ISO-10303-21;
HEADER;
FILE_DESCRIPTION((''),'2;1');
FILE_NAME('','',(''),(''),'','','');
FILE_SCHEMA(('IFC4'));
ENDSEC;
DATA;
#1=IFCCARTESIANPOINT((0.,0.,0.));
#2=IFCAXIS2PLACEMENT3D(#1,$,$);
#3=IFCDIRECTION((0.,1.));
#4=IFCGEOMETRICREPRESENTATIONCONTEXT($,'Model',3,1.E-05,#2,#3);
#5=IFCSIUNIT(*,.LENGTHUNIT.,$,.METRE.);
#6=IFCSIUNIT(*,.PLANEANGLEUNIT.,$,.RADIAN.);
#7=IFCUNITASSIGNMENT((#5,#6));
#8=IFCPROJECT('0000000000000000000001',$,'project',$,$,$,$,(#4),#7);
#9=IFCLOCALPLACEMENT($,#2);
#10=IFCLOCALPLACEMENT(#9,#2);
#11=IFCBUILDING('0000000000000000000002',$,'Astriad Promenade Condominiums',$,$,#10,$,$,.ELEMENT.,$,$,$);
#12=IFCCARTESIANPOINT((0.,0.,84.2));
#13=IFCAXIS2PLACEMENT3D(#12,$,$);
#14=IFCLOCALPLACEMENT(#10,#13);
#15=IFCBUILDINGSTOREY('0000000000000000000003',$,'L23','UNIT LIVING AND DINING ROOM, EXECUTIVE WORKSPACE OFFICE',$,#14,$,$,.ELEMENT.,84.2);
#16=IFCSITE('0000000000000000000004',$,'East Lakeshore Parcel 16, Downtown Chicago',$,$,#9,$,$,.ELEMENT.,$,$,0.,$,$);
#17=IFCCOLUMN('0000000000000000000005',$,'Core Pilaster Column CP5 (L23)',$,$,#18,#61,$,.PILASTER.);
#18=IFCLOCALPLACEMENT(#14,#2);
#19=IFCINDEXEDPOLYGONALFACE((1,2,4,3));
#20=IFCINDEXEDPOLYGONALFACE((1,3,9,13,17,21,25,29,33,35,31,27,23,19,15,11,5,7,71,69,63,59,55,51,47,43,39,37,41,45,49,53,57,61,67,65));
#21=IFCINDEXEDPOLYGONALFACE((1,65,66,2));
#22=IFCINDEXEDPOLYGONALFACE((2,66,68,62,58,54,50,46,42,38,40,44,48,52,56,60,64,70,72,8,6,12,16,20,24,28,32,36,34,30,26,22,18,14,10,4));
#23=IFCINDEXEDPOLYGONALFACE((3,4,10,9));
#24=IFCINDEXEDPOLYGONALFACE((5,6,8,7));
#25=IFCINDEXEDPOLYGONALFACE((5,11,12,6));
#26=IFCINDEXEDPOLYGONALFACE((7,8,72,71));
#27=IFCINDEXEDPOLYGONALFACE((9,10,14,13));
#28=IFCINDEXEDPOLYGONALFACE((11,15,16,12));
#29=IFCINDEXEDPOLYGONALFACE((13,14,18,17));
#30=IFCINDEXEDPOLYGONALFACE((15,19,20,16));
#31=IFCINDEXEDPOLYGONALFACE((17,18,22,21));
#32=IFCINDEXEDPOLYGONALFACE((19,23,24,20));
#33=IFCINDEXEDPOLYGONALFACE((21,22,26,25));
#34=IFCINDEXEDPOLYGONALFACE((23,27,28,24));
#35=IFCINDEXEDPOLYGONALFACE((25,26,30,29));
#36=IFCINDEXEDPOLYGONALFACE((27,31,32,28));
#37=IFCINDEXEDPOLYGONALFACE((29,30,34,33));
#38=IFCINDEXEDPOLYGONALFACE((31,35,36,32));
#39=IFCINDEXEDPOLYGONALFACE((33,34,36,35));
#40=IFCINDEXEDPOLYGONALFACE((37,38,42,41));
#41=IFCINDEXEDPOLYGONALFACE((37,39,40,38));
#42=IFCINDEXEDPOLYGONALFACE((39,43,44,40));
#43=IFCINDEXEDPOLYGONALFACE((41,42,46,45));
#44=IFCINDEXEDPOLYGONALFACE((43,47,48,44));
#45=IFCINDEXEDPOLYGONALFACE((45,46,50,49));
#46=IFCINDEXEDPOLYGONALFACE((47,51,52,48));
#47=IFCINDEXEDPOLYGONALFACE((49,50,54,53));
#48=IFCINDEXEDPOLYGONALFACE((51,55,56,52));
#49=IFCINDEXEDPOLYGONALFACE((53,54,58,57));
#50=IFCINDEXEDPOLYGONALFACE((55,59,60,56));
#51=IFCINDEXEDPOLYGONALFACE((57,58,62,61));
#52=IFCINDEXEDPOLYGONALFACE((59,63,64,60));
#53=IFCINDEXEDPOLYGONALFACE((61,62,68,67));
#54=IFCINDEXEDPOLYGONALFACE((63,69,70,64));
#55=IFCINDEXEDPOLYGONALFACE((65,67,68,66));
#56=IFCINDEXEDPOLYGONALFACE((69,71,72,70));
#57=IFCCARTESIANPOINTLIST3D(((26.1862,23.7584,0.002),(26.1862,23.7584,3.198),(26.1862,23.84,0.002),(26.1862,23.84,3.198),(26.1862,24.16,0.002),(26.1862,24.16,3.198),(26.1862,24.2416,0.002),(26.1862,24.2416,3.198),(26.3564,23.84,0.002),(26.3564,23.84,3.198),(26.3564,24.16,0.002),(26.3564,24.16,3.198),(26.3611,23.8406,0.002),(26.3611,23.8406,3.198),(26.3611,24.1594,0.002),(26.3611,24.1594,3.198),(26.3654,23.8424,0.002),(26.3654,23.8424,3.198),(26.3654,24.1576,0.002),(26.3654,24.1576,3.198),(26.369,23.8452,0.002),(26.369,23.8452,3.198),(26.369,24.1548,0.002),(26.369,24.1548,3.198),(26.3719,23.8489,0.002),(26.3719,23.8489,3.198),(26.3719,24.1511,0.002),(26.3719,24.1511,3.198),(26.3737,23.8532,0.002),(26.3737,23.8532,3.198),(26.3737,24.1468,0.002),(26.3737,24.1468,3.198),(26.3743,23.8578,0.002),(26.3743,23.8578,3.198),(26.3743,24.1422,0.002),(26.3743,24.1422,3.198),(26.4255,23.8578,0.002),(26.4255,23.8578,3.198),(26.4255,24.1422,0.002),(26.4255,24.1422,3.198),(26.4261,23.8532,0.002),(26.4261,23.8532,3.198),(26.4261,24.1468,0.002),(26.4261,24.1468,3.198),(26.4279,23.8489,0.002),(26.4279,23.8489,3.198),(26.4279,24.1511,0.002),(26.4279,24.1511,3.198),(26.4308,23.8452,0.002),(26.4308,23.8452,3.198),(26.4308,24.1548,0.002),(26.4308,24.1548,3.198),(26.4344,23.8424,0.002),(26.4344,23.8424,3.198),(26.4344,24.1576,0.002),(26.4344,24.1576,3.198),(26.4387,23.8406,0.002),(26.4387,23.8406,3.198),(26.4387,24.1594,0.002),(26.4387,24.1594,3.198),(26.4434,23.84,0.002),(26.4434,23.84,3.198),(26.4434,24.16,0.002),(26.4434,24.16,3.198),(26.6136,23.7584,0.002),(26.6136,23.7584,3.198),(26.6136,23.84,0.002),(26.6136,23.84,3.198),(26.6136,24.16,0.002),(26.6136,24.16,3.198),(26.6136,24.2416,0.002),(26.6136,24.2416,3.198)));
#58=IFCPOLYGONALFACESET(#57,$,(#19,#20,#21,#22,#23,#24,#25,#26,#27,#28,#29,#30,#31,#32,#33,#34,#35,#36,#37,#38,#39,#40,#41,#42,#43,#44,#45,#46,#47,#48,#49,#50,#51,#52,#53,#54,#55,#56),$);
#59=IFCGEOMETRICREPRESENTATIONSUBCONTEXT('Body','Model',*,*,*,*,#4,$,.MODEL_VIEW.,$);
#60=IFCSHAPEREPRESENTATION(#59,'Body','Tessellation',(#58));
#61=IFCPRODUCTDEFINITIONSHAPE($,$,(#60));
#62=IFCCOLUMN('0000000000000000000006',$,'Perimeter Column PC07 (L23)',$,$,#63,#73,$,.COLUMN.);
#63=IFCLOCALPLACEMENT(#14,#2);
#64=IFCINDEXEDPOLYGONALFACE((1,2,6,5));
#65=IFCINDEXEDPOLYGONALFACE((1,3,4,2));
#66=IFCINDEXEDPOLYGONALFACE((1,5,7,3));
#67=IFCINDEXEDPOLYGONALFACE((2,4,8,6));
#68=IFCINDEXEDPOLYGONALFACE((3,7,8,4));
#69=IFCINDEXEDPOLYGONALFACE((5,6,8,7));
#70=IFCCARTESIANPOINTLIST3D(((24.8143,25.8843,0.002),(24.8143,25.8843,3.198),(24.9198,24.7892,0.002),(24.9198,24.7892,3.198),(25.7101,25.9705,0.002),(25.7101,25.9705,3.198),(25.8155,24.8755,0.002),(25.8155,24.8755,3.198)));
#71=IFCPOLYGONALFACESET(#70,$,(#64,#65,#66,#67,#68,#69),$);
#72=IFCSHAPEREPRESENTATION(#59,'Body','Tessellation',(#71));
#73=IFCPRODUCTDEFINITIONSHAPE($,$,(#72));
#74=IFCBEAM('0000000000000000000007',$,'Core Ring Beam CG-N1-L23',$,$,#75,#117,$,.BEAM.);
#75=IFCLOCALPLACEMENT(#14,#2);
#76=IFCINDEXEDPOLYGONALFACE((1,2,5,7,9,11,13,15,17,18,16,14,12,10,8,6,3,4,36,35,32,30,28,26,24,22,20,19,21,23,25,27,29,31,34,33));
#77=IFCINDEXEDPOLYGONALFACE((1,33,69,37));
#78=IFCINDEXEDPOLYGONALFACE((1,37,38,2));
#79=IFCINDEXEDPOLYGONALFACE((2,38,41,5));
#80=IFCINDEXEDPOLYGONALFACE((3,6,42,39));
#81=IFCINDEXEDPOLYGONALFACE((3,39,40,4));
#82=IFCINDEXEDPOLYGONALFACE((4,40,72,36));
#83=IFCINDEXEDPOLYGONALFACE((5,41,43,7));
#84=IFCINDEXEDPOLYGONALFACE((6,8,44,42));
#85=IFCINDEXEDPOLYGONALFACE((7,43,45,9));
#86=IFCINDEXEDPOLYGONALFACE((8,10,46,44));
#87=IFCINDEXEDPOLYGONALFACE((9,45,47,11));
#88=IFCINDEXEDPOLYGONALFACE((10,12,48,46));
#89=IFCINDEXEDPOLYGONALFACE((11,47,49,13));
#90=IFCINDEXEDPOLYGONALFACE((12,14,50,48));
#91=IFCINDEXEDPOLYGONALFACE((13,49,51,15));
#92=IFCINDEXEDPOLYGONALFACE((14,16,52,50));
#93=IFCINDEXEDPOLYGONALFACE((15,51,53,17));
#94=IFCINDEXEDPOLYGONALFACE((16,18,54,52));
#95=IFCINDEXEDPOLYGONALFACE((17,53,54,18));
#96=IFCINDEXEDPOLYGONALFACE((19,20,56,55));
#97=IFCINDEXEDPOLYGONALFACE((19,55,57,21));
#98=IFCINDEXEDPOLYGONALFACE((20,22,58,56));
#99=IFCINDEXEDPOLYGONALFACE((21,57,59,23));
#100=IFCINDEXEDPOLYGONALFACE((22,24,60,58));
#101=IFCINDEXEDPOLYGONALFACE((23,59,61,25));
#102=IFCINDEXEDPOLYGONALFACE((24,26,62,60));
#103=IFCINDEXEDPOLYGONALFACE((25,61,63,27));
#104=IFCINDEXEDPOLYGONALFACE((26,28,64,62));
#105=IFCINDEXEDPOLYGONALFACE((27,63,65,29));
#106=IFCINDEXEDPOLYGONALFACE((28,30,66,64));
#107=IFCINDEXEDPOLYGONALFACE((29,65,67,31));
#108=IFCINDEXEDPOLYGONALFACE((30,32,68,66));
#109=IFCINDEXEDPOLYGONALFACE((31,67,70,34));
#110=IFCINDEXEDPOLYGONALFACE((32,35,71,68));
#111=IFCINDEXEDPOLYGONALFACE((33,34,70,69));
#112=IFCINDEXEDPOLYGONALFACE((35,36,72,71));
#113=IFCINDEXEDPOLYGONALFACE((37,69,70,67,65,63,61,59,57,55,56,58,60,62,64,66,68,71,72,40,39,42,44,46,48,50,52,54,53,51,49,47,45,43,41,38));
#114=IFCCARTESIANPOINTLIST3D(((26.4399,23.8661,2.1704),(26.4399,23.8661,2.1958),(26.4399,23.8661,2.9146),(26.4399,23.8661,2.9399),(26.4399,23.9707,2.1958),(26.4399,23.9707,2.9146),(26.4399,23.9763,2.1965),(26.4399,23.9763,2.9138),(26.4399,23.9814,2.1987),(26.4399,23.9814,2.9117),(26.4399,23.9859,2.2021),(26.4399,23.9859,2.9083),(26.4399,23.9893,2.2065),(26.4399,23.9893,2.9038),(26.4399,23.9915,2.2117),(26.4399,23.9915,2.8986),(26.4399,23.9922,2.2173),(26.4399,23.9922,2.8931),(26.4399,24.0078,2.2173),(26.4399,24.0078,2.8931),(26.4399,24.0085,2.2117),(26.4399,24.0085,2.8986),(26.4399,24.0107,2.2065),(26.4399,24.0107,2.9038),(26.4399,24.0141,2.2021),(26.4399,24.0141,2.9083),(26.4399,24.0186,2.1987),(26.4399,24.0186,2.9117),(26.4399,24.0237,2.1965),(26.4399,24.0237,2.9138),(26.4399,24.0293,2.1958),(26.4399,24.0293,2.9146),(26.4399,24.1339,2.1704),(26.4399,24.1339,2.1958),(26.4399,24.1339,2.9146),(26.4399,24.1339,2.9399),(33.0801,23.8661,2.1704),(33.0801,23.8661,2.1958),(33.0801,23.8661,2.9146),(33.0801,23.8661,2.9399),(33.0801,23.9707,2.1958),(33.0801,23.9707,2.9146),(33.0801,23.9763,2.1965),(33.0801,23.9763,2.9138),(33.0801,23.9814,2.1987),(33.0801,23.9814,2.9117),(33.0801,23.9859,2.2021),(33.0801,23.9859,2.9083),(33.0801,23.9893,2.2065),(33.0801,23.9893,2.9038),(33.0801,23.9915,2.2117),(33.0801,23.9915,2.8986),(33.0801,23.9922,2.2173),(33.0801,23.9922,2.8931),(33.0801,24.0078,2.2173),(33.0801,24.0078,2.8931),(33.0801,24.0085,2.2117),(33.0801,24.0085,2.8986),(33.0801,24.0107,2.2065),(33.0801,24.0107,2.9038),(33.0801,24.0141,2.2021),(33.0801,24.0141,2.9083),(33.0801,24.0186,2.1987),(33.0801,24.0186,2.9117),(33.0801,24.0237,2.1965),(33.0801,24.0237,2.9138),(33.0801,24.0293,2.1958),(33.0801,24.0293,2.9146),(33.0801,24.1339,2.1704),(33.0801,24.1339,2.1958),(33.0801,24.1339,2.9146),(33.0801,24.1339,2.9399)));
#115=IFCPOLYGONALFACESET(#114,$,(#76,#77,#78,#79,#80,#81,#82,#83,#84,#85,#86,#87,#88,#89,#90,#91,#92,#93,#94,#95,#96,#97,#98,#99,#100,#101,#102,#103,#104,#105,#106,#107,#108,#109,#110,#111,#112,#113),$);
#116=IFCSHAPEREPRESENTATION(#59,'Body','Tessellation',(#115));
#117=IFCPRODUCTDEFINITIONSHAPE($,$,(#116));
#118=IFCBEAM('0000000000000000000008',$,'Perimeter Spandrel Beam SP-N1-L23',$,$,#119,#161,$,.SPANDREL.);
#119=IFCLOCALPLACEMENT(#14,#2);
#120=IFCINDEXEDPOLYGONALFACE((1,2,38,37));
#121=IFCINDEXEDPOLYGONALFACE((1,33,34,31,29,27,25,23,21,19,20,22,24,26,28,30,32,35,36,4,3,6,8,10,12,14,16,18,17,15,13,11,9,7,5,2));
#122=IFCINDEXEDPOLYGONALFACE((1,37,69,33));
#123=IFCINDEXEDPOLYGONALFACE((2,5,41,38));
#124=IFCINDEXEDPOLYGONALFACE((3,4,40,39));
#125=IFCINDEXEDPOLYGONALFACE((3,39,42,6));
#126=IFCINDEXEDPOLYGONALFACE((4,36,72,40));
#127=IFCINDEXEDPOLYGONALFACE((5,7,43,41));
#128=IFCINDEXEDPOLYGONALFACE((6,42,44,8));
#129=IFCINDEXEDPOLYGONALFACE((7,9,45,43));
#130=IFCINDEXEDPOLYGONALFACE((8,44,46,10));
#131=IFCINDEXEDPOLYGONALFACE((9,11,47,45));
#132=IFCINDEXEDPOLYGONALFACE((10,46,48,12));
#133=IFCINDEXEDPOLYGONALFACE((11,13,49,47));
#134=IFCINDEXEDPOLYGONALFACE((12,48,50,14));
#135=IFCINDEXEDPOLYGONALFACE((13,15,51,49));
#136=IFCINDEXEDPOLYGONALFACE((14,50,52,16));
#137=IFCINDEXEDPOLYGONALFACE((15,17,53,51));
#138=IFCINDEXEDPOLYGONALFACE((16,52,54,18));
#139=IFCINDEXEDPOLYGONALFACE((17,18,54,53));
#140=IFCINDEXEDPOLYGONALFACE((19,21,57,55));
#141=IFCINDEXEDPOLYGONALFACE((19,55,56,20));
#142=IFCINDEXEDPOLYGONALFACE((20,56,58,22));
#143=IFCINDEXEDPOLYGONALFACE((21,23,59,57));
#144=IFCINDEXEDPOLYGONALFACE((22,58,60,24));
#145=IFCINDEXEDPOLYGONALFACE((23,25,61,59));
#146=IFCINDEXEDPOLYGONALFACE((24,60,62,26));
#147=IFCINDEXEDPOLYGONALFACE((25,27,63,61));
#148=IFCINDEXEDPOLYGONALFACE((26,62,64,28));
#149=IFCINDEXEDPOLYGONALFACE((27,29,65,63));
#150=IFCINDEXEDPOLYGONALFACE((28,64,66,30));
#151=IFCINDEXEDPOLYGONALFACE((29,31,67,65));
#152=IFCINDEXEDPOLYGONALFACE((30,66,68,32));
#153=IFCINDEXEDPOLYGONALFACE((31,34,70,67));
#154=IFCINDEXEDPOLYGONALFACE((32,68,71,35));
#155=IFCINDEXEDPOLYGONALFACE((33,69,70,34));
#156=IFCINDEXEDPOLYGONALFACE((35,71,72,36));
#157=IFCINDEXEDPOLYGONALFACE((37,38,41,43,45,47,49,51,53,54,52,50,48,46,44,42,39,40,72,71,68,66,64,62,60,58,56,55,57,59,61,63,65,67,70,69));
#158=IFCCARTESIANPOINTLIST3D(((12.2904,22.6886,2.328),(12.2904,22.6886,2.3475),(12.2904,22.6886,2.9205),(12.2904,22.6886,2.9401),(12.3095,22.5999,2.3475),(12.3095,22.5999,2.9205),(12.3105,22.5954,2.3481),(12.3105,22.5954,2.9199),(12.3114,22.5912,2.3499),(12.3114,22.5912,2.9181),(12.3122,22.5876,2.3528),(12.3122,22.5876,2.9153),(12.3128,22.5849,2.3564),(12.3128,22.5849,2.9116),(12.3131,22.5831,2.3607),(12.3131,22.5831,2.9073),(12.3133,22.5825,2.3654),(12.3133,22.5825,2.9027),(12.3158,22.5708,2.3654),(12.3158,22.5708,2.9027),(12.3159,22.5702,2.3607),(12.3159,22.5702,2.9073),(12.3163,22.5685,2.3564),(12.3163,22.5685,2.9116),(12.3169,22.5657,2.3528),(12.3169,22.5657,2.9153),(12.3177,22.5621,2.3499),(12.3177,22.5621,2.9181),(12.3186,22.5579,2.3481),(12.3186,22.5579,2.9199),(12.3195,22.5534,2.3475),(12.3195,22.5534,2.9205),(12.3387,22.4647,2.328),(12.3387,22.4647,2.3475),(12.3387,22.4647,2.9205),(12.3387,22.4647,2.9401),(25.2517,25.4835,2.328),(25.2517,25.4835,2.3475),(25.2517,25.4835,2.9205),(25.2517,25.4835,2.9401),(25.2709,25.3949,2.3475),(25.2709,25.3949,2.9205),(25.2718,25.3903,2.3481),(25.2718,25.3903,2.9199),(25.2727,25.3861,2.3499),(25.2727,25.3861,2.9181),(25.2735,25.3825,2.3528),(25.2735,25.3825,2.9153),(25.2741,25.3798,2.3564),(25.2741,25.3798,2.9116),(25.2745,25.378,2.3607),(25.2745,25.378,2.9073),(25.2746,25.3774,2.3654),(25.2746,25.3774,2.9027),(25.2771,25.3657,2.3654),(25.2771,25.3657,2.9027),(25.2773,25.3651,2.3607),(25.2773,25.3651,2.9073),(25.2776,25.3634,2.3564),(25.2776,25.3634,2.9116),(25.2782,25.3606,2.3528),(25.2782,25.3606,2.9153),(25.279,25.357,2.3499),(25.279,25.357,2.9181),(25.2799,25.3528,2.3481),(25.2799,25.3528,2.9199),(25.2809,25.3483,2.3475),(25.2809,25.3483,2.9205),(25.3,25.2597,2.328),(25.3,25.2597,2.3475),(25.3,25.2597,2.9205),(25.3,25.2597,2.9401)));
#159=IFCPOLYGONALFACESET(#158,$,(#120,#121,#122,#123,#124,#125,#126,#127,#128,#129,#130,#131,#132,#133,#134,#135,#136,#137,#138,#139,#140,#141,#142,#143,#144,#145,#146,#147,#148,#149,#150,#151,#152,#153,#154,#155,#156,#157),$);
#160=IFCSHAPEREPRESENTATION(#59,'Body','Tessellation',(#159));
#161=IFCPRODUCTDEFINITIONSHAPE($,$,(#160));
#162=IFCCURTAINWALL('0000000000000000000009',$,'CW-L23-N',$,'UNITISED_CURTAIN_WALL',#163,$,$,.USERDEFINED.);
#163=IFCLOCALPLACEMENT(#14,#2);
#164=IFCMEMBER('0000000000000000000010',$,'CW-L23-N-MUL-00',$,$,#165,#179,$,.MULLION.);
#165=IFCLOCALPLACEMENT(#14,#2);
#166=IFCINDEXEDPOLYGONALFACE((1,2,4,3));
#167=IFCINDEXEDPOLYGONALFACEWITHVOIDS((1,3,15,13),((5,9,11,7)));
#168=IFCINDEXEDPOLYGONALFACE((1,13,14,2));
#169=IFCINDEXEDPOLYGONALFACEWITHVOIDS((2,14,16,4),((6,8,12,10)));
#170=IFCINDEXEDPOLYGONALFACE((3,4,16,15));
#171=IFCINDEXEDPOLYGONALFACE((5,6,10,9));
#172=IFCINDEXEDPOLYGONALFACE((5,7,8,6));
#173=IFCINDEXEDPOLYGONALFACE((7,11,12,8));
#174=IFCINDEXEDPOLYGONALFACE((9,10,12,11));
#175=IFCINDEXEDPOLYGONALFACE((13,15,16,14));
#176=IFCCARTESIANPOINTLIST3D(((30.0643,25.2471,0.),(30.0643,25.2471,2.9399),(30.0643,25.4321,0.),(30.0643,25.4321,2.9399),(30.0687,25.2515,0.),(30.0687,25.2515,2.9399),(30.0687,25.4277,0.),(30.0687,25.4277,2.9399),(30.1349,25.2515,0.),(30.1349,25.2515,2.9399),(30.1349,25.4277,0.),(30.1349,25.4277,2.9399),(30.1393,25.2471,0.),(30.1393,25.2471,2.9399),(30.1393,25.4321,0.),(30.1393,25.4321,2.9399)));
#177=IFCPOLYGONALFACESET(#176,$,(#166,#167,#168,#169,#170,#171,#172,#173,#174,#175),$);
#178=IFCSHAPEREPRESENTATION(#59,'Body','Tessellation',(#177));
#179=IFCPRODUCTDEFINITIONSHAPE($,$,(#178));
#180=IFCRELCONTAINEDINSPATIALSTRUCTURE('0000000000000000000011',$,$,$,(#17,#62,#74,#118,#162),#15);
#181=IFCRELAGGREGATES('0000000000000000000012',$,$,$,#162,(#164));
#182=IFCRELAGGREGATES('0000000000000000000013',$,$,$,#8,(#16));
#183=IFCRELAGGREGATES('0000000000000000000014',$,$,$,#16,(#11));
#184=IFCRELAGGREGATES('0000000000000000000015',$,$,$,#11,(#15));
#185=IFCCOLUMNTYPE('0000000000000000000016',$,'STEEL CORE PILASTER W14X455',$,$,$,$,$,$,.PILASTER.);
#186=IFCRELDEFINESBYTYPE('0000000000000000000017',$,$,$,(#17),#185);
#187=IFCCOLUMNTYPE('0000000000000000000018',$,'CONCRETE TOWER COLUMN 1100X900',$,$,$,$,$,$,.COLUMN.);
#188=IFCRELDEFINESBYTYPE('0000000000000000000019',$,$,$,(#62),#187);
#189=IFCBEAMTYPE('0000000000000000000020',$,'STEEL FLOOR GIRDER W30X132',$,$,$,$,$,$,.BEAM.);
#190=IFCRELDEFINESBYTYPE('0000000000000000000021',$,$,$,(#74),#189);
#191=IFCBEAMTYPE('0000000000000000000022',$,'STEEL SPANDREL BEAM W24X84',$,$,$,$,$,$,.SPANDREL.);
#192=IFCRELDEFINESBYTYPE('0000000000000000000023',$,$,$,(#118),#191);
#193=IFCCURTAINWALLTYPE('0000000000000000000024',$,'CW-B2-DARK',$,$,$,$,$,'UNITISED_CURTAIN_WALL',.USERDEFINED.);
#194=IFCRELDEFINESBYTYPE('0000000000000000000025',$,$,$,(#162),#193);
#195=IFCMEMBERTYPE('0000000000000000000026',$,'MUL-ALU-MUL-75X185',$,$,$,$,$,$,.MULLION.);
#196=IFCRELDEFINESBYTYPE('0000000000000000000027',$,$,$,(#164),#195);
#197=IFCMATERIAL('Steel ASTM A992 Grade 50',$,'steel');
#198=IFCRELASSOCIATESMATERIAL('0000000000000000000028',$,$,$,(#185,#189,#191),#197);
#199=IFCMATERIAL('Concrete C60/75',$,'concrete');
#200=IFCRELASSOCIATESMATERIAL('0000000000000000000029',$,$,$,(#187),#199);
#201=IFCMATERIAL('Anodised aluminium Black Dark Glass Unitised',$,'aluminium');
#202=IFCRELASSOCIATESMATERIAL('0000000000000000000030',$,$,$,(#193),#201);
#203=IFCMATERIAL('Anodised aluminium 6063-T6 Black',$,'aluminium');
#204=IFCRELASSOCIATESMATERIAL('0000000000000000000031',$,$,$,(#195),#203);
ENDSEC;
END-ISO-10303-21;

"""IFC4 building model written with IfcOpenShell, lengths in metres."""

from ifc_helpers import new_model, si_unit, direction, frame, origin, origin_2d, place, context, subcontext, project, spatial, rectangle, hollow_rectangle, i_section, extrude, source, transform, mapped, material, material_profile, profile_set, type_object, type_shapes, element, aggregate, save


model = new_model("IFC4")

# Units and contexts
model_context = context("Model", 3, precision=1e-05, world=origin(), true_north=direction((0.0, 1.0)))
body_context = subcontext(model_context, "Body", "Model", "MODEL_VIEW")
ifc_project = project(units=[si_unit("LENGTHUNIT", "METRE"), si_unit("PLANEANGLEUNIT", "RADIAN")], contexts=[model_context])

# Site, building, storey
site_placement = place(None, origin())
site = spatial("IfcSite", under=ifc_project, at=site_placement, Name="East Lakeshore Parcel 16, Downtown Chicago", CompositionType="ELEMENT", RefElevation=0.0)
building_placement = place(site_placement, origin())
building = spatial("IfcBuilding", under=site, at=building_placement, Name="Astriad Promenade Condominiums", CompositionType="ELEMENT")
storey_placement = place(building_placement, frame((0.0, 0.0, 84.2)))
storey = spatial("IfcBuildingStorey", under=building, at=storey_placement, Name="L23", Description="UNIT LIVING AND DINING ROOM, EXECUTIVE WORKSPACE OFFICE", CompositionType="ELEMENT", Elevation=84.2)

# Columns
ifc_material_1 = material(Name="Steel ASTM A992 Grade 50", Category="steel")
ifc_material_profile_1 = material_profile(ifc_material_1, i_section(OverallWidth=0.4275, OverallDepth=0.4832, WebThickness=0.0513, FlangeThickness=0.0815, FilletRadius=0.0178, at=origin_2d()), Name="W14X455")
ifc_profile_set_1 = profile_set([ifc_material_profile_1], Name="Steel ASTM A992 Grade 50")
column_type_1 = type_object("IfcColumnType", Name="STEEL CORE PILASTER W14X455", PredefinedType="PILASTER", material=ifc_profile_set_1)
shared_shape_1 = source(origin(), body_context, "Body", "SweptSolid", [
    extrude(i_section(OverallWidth=0.4275, OverallDepth=0.4832, WebThickness=0.0513, FlangeThickness=0.0815, FilletRadius=0.0178, at=origin_2d()), origin(), (0.0, 0.0, 1.0), 3.196),
])
type_shapes(column_type_1, [shared_shape_1])
column_1_placement = place(storey_placement, frame((26.3999, 24.0, 0.002), z_axis=(0.0, 0.0, 1.0), x_axis=(1.0, 0.0, 0.0)))
element("IfcColumn", 1, at=column_1_placement, inside=storey, type_object=column_type_1, Name="Core Pilaster Column CP5 (L23)", PredefinedType="PILASTER", context=body_context, shape_type="MappedRepresentation", body=[
    mapped(shared_shape_1, transform((0.0, 0.0, 0.0), scale=1.0)),
])
ifc_material_2 = material(Name="Concrete C60/75", Category="concrete")
ifc_material_profile_2 = material_profile(ifc_material_2, rectangle(XDim=0.8999, YDim=1.1001, at=origin_2d()), Name="RC-COL-1100X900")
ifc_profile_set_2 = profile_set([ifc_material_profile_2], Name="Concrete C60/75")
column_type_2 = type_object("IfcColumnType", Name="CONCRETE TOWER COLUMN 1100X900", PredefinedType="COLUMN", material=ifc_profile_set_2)
shared_shape_2 = source(origin(), body_context, "Body", "SweptSolid", [
    extrude(rectangle(XDim=0.8999, YDim=1.1001, at=origin_2d()), origin(), (0.0, 0.0, 1.0), 3.196),
])
type_shapes(column_type_2, [shared_shape_2])
column_2_placement = place(storey_placement, frame((25.3149, 25.3799, 0.002), z_axis=(0.0, 0.0, 1.0), x_axis=(0.995396, 0.095846, 0.0)))
element("IfcColumn", 2, at=column_2_placement, inside=storey, type_object=column_type_2, Name="Perimeter Column PC07 (L23)", PredefinedType="COLUMN", context=body_context, shape_type="MappedRepresentation", body=[
    mapped(shared_shape_2, transform((0.0, 0.0, 0.0), scale=1.0)),
])

# Beams
ifc_material_profile_3 = material_profile(ifc_material_1, i_section(OverallWidth=0.2678, OverallDepth=0.7695, WebThickness=0.0156, FlangeThickness=0.0254, FilletRadius=0.0215, at=origin_2d()), Name="W30X132")
ifc_profile_set_3 = profile_set([ifc_material_profile_3], Name="Steel ASTM A992 Grade 50")
beam_type_1 = type_object("IfcBeamType", Name="STEEL FLOOR GIRDER W30X132", PredefinedType="BEAM", material=ifc_profile_set_3)
shared_shape_3 = source(origin(), body_context, "Body", "SweptSolid", [
    extrude(i_section(OverallWidth=0.2678, OverallDepth=0.7695, WebThickness=0.0156, FlangeThickness=0.0254, FilletRadius=0.0215, at=origin_2d()), origin(), (0.0, 0.0, 1.0), 6.6401),
])
type_shapes(beam_type_1, [shared_shape_3])
beam_1_placement = place(storey_placement, frame((26.4399, 24.0, 2.5552), z_axis=(1.0, 0.0, 0.0), x_axis=(0.0, 1.0, 0.0)))
element("IfcBeam", 3, at=beam_1_placement, inside=storey, type_object=beam_type_1, Name="Core Ring Beam CG-N1-L23", PredefinedType="BEAM", context=body_context, shape_type="MappedRepresentation", body=[
    mapped(shared_shape_3, transform((0.0, 0.0, 0.0), scale=1.0)),
])
ifc_material_profile_4 = material_profile(ifc_material_1, i_section(OverallWidth=0.229, OverallDepth=0.6121, WebThickness=0.012, FlangeThickness=0.0195, FilletRadius=0.0178, at=origin_2d()), Name="W24X84")
ifc_profile_set_4 = profile_set([ifc_material_profile_4], Name="Steel ASTM A992 Grade 50")
beam_type_2 = type_object("IfcBeamType", Name="STEEL SPANDREL BEAM W24X84", PredefinedType="SPANDREL", material=ifc_profile_set_4)
shared_shape_4 = source(origin(), body_context, "Body", "SweptSolid", [
    extrude(i_section(OverallWidth=0.229, OverallDepth=0.6121, WebThickness=0.012, FlangeThickness=0.0195, FilletRadius=0.0178, at=origin_2d()), origin(), (0.0, 0.0, 1.0), 13.2593),
])
type_shapes(beam_type_2, [shared_shape_4])
beam_2_placement = place(storey_placement, frame((25.2759, 25.3716, 2.634), z_axis=(-0.977532, -0.210789, 0.0), x_axis=(0.210789, -0.977532, 0.0)))
element("IfcBeam", 4, at=beam_2_placement, inside=storey, type_object=beam_type_2, Name="Perimeter Spandrel Beam SP-N1-L23", PredefinedType="SPANDREL", context=body_context, shape_type="MappedRepresentation", body=[
    mapped(shared_shape_4, transform((0.0, 0.0, 0.0), scale=1.0)),
])

# Curtain wall, member
ifc_material_3 = material(Name="Anodised aluminium Black Dark Glass Unitised", Category="aluminium")
curtain_wall_type = type_object("IfcCurtainWallType", Name="CW-B2-DARK", ElementType="UNITISED_CURTAIN_WALL", PredefinedType="USERDEFINED", material=ifc_material_3)
curtain_wall_placement = place(storey_placement, origin())
curtain_wall = element("IfcCurtainWall", 5, at=curtain_wall_placement, inside=storey, type_object=curtain_wall_type, Name="CW-L23-N", ObjectType="UNITISED_CURTAIN_WALL", PredefinedType="USERDEFINED")
ifc_material_4 = material(Name="Anodised aluminium 6063-T6 Black", Category="aluminium")
ifc_material_profile_5 = material_profile(ifc_material_4, hollow_rectangle(XDim=0.075, YDim=0.1851, WallThickness=0.0044, at=origin_2d()), Name="ALU-MUL-75X185")
ifc_profile_set_5 = profile_set([ifc_material_profile_5], Name="Anodised aluminium 6063-T6 Black")
member_type_1 = type_object("IfcMemberType", Name="MUL-ALU-MUL-75X185", PredefinedType="MULLION", material=ifc_profile_set_5)
shared_shape_5 = source(origin(), body_context, "Body", "SweptSolid", [
    extrude(hollow_rectangle(XDim=0.075, YDim=0.1851, WallThickness=0.0044, at=origin_2d()), origin(), (0.0, 0.0, 1.0), 2.9399),
])
type_shapes(member_type_1, [shared_shape_5])
member_1_placement = place(storey_placement, frame((30.1018, 25.3396, 0.0), z_axis=(0.0, 0.0, 1.0), x_axis=(1.0, 0.0, 0.0)))
member_1 = element("IfcMember", 6, at=member_1_placement, type_object=member_type_1, Name="CW-L23-N-MUL-00", PredefinedType="MULLION", context=body_context, shape_type="MappedRepresentation", body=[
    mapped(shared_shape_5, transform((0.0, 0.0, 0.0), scale=1.0)),
])
aggregate(curtain_wall, [member_1])

save(model, "model.ifc")
